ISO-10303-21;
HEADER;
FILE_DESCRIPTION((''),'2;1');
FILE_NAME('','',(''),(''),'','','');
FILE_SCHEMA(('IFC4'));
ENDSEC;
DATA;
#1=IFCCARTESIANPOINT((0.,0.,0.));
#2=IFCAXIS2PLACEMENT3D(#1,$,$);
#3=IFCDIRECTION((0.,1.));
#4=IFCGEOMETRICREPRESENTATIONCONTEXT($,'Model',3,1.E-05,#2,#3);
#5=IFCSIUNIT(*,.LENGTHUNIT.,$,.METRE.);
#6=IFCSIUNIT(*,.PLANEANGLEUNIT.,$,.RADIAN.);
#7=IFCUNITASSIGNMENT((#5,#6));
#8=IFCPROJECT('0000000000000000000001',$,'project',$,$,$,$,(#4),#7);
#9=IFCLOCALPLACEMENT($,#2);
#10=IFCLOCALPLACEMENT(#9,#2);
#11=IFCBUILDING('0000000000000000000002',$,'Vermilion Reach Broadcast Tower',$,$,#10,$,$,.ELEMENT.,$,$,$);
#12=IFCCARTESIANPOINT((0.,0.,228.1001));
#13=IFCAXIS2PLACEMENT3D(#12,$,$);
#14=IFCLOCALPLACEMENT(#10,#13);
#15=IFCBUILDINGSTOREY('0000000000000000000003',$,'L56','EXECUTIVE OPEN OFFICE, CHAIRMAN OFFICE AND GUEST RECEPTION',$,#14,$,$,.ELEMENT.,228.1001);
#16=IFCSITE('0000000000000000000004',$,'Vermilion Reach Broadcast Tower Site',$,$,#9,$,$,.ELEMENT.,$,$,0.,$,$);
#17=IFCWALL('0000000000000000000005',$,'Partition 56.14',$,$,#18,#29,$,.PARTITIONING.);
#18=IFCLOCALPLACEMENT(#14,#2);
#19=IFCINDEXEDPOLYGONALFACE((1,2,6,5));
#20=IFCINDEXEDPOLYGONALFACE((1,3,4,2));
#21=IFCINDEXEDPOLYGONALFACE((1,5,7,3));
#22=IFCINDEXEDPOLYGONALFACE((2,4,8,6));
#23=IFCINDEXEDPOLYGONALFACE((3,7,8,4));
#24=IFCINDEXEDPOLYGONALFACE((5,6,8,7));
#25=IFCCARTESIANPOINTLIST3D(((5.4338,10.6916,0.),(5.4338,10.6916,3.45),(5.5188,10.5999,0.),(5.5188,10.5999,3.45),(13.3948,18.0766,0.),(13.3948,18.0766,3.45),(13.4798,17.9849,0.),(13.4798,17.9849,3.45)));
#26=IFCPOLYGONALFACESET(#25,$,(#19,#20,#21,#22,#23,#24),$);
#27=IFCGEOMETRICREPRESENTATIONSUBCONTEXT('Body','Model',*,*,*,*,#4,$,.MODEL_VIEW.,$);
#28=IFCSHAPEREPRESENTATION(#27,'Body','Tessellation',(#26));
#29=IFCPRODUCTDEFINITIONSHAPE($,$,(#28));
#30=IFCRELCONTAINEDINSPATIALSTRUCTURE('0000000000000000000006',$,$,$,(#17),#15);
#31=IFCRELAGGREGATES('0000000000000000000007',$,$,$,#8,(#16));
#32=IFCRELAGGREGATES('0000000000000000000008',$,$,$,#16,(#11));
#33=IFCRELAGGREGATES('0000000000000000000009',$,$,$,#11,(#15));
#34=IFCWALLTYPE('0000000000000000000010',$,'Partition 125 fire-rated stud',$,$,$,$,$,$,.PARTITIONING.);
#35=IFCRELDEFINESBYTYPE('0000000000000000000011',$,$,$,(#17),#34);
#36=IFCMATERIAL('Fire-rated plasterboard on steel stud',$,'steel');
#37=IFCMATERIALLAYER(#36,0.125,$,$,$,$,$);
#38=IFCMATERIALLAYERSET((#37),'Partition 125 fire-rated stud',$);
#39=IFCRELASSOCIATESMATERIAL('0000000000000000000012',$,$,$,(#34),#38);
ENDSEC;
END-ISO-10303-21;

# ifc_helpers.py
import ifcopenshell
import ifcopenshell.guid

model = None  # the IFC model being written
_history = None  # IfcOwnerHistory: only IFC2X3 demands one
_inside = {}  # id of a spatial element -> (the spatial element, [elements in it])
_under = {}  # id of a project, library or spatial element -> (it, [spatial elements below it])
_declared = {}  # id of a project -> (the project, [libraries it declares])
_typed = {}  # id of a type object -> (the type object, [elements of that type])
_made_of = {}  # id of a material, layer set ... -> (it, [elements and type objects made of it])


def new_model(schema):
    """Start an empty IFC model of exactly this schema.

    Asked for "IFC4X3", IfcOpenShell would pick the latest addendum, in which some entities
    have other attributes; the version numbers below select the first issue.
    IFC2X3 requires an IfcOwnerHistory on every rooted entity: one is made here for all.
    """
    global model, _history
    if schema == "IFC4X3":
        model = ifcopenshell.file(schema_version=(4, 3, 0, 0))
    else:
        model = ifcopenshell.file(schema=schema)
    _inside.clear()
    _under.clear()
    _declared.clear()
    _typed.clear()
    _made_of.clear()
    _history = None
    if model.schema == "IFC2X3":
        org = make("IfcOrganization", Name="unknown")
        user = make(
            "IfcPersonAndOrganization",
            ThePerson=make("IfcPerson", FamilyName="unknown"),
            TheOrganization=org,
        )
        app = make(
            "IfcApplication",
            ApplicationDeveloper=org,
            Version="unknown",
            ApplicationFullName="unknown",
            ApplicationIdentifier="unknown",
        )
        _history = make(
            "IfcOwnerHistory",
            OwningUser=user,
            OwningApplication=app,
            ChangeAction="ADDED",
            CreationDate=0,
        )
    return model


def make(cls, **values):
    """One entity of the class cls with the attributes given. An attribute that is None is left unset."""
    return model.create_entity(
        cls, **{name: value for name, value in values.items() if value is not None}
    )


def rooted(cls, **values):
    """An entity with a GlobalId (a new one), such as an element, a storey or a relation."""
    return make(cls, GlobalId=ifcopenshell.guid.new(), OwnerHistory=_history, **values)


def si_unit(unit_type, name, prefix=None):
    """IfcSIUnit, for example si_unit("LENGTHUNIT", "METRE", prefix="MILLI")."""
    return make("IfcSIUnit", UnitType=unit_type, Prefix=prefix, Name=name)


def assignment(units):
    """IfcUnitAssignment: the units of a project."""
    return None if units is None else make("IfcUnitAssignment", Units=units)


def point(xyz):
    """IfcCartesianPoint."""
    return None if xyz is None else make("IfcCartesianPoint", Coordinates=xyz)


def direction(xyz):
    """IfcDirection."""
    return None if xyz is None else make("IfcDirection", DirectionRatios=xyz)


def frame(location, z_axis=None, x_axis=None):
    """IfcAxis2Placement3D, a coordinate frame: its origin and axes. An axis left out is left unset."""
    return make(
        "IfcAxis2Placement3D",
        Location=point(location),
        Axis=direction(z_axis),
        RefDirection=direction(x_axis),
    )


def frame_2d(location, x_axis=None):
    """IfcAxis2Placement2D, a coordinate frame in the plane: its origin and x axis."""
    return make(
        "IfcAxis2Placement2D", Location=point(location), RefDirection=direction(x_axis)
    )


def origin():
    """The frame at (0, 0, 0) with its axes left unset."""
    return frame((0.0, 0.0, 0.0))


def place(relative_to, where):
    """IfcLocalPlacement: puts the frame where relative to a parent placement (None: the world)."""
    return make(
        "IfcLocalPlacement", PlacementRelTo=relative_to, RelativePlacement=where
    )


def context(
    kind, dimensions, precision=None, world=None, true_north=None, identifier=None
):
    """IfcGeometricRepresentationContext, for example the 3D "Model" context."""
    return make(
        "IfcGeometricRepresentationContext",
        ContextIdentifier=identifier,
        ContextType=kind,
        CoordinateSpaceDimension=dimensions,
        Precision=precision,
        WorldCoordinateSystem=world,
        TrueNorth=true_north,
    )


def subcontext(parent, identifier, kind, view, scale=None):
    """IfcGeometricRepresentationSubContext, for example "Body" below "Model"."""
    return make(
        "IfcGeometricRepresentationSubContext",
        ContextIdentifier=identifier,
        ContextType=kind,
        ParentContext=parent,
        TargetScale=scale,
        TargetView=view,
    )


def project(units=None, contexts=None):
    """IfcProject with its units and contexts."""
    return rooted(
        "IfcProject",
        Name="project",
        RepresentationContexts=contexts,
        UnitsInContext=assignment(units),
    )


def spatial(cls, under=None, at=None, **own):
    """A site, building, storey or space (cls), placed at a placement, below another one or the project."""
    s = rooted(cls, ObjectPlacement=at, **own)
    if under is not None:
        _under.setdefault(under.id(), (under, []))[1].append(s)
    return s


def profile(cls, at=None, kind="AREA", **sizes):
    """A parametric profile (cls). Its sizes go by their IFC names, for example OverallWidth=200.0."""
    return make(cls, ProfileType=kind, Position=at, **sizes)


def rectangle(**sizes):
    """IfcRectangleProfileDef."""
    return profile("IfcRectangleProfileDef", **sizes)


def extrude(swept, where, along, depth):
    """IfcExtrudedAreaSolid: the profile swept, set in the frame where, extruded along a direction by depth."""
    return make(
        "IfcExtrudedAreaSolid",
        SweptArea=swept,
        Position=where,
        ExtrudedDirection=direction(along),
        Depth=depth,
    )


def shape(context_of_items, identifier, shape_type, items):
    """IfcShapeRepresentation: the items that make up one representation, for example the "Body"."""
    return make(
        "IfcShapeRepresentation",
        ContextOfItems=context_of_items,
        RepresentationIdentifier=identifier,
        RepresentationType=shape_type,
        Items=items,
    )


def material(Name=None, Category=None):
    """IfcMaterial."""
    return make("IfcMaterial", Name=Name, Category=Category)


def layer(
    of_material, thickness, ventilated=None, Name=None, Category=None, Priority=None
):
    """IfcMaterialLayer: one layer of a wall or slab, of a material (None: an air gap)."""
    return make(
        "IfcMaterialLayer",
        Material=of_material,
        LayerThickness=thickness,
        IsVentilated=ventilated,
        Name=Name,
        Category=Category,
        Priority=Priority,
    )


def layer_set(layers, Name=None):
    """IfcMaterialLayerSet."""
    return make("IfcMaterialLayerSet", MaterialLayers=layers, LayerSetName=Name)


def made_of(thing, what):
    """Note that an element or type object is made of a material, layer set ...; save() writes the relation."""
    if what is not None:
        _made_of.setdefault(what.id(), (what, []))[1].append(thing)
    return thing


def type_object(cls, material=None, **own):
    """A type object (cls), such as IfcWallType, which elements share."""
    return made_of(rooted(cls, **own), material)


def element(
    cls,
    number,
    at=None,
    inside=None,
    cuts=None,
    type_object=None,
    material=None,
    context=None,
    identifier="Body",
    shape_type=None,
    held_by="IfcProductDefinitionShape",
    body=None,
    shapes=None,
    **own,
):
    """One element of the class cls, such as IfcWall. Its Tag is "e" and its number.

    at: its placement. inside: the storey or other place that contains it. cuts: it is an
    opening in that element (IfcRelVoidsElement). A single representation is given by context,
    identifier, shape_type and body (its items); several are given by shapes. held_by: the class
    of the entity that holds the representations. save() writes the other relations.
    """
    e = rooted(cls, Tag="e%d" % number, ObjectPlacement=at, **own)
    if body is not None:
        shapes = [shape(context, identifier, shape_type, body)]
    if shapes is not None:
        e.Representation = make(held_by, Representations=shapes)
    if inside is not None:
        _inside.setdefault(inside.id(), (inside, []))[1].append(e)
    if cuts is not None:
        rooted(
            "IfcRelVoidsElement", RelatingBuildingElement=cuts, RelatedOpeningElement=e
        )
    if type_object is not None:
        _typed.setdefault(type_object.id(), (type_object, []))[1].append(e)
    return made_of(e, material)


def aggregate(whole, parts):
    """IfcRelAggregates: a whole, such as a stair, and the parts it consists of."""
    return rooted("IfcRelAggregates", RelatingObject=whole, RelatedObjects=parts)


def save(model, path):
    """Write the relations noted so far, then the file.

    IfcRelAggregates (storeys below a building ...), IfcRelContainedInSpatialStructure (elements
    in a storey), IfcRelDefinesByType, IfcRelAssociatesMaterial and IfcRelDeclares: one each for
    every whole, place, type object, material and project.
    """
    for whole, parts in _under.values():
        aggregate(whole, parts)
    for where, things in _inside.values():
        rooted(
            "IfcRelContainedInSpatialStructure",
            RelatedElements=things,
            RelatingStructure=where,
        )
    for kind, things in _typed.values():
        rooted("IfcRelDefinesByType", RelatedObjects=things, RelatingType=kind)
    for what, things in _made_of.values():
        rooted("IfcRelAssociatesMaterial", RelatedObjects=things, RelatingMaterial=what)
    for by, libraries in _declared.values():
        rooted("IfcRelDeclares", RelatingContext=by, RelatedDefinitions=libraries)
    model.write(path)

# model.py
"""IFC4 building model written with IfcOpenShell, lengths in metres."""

from ifc_helpers import new_model, si_unit, direction, frame, frame_2d, origin, place, context, subcontext, project, spatial, rectangle, extrude, material, layer, layer_set, type_object, element, save


model = new_model("IFC4")

# Units and contexts
model_context = context("Model", 3, precision=1e-05, world=origin(), true_north=direction((0.0, 1.0)))
body_context = subcontext(model_context, "Body", "Model", "MODEL_VIEW")
ifc_project = project(units=[si_unit("LENGTHUNIT", "METRE"), si_unit("PLANEANGLEUNIT", "RADIAN")], contexts=[model_context])

# Site, building, storey
site_placement = place(None, origin())
site = spatial("IfcSite", under=ifc_project, at=site_placement, Name="Vermilion Reach Broadcast Tower Site", CompositionType="ELEMENT", RefElevation=0.0)
building_placement = place(site_placement, origin())
building = spatial("IfcBuilding", under=site, at=building_placement, Name="Vermilion Reach Broadcast Tower", CompositionType="ELEMENT")
storey_placement = place(building_placement, frame((0.0, 0.0, 228.1001)))
storey = spatial("IfcBuildingStorey", under=building, at=storey_placement, Name="L56", Description="EXECUTIVE OPEN OFFICE, CHAIRMAN OFFICE AND GUEST RECEPTION", CompositionType="ELEMENT", Elevation=228.1001)

# Wall
ifc_material_1 = material(Name="Fire-rated plasterboard on steel stud", Category="steel")
ifc_layer_1 = layer(ifc_material_1, 0.125)
ifc_layer_set_1 = layer_set([ifc_layer_1], Name="Partition 125 fire-rated stud")
wall_type = type_object("IfcWallType", Name="Partition 125 fire-rated stud", PredefinedType="PARTITIONING", material=ifc_layer_set_1)
wall_placement = place(storey_placement, frame((13.4373, 18.0308, 0.0), z_axis=(0.0, 0.0, 1.0), x_axis=(-0.733128, -0.680091, 0.0)))
element("IfcWall", 1, at=wall_placement, inside=storey, type_object=wall_type, Name="Partition 56.14", PredefinedType="PARTITIONING", context=body_context, shape_type="SweptSolid", body=[
    extrude(rectangle(XDim=10.8589, YDim=0.125, at=frame_2d((5.4294, 0.0))), origin(), (0.0, 0.0, 1.0), 3.45),
])

save(model, "model.ifc")
